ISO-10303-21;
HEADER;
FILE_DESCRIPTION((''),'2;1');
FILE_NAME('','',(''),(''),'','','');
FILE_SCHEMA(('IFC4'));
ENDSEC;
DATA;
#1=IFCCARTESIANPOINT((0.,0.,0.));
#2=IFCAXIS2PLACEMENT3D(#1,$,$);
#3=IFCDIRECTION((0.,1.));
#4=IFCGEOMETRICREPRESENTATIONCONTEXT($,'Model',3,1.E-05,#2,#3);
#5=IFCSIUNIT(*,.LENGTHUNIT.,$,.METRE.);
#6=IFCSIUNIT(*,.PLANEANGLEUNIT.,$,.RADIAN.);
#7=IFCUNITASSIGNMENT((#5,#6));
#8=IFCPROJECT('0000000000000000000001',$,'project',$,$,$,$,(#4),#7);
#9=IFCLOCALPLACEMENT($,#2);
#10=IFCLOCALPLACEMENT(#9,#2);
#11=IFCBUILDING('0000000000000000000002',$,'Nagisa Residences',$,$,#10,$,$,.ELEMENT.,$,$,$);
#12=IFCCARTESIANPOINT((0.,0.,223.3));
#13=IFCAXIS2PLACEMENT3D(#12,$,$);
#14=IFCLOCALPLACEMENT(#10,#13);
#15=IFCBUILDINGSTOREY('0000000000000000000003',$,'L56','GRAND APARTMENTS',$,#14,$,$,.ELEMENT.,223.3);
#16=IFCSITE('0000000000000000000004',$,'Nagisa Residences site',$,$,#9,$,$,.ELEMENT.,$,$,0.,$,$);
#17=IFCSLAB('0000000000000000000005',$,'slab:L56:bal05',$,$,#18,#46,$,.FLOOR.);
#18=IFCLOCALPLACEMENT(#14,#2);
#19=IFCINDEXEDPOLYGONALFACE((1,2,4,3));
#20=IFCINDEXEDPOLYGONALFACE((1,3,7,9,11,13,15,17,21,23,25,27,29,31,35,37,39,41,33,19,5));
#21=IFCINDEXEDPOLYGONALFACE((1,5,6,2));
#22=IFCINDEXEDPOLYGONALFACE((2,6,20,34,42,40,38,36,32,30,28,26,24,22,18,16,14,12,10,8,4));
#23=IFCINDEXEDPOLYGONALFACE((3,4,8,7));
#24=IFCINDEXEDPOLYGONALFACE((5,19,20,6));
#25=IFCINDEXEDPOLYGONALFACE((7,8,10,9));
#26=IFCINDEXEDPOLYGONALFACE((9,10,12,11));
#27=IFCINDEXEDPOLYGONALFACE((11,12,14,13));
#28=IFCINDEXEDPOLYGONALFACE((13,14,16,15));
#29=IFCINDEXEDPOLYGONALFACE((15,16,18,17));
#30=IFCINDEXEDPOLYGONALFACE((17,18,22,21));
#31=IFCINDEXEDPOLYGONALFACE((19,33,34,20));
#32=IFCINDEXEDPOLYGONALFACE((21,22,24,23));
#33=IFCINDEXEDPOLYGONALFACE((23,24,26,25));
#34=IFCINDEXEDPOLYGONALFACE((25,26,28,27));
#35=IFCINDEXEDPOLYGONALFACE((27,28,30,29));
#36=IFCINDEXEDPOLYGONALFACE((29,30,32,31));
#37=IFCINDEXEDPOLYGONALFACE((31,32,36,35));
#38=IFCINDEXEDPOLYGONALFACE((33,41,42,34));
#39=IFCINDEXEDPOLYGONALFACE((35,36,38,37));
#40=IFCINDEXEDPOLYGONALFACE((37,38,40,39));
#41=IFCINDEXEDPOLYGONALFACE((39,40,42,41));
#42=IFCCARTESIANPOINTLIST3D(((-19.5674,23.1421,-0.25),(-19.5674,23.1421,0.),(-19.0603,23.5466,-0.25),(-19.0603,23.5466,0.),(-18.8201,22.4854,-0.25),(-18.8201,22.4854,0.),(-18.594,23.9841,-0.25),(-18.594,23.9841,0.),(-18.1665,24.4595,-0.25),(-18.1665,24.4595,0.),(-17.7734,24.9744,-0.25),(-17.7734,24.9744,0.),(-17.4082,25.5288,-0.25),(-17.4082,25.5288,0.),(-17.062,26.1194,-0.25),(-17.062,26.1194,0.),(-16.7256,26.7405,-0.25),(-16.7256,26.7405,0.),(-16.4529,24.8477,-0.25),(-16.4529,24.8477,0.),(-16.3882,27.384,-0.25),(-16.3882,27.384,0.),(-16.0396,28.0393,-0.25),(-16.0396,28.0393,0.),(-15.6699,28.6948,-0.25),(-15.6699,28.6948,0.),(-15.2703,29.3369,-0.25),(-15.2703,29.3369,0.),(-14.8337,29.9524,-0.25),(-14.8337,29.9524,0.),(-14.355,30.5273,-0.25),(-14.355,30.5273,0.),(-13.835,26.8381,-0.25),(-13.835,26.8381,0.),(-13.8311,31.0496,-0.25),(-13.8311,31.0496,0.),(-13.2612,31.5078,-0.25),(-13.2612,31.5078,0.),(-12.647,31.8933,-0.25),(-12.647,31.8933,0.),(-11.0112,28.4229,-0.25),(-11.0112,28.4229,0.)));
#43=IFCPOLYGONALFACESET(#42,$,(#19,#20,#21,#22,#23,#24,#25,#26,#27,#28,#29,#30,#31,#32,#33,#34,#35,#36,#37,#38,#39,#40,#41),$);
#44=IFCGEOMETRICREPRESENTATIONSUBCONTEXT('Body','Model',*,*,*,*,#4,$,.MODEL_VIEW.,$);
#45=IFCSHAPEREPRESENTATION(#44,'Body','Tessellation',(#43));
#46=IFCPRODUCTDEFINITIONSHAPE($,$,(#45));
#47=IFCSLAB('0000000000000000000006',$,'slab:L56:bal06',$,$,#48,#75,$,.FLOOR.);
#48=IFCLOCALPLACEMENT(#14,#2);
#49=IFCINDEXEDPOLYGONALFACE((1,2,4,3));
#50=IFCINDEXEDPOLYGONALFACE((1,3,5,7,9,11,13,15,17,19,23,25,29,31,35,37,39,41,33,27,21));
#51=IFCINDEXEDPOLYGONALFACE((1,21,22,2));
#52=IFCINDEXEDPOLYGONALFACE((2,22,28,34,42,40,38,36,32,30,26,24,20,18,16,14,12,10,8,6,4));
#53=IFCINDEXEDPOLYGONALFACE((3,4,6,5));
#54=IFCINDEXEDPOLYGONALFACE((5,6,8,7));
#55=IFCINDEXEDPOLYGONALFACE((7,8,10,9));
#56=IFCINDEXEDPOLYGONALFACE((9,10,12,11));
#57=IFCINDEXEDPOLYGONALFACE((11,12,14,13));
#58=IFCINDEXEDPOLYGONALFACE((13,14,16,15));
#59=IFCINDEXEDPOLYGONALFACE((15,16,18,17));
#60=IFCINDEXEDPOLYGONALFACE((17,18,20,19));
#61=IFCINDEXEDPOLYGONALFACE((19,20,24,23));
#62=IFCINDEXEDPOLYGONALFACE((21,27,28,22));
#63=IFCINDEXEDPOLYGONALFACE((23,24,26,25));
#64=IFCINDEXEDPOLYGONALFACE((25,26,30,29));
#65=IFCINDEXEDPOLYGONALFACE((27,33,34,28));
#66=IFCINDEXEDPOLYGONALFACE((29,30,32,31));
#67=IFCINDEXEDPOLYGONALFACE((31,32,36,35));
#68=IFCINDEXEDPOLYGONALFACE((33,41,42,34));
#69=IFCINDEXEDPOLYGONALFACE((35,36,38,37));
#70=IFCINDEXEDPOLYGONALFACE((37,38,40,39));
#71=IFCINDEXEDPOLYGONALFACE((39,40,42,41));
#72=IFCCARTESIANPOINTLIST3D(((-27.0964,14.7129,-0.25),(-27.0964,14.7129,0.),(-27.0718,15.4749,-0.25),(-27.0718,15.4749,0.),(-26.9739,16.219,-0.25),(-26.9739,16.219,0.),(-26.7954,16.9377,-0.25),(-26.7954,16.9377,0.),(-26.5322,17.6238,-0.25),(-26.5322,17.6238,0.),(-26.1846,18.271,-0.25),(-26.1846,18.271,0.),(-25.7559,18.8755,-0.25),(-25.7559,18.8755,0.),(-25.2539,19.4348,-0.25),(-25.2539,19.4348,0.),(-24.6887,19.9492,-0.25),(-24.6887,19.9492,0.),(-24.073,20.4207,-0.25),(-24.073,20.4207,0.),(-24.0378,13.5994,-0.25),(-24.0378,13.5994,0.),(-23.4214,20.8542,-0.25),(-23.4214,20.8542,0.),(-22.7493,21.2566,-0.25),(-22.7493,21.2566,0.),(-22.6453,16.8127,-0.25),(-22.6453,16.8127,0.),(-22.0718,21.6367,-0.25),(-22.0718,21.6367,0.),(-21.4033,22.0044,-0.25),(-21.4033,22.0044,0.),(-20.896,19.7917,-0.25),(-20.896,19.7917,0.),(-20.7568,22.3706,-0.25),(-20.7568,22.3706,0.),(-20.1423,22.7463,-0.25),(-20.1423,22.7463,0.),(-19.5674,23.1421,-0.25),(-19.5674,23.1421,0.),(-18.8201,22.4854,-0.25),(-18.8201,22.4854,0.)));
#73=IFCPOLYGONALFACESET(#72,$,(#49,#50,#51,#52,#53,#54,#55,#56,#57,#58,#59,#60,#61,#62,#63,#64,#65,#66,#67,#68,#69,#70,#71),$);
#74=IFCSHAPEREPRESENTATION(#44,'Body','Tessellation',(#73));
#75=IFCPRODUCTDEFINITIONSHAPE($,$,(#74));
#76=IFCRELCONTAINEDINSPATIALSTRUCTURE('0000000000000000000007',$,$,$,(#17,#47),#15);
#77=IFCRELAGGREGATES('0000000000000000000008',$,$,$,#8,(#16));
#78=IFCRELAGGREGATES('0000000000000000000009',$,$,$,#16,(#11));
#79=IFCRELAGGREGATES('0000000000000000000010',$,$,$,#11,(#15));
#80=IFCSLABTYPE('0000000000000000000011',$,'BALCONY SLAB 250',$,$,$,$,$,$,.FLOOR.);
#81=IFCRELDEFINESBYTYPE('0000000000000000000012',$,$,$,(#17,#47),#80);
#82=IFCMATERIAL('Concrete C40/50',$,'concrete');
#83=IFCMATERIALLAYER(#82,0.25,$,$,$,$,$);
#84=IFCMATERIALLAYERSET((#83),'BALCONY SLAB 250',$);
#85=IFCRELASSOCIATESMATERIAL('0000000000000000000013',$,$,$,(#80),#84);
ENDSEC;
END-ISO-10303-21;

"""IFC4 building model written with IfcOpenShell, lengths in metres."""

from ifc_helpers import new_model, si_unit, direction, frame, origin, place, context, subcontext, project, spatial, polyline, outline, extrude, material, layer, layer_set, type_object, element, save


model = new_model("IFC4")

# Units and contexts
model_context = context("Model", 3, precision=1e-05, world=origin(), true_north=direction((0.0, 1.0)))
body_context = subcontext(model_context, "Body", "Model", "MODEL_VIEW")
ifc_project = project(units=[si_unit("LENGTHUNIT", "METRE"), si_unit("PLANEANGLEUNIT", "RADIAN")], contexts=[model_context])

# Site, building, storey
site_placement = place(None, origin())
site = spatial("IfcSite", under=ifc_project, at=site_placement, Name="Nagisa Residences site", CompositionType="ELEMENT", RefElevation=0.0)
building_placement = place(site_placement, origin())
building = spatial("IfcBuilding", under=site, at=building_placement, Name="Nagisa Residences", CompositionType="ELEMENT")
storey_placement = place(building_placement, frame((0.0, 0.0, 223.3)))
storey = spatial("IfcBuildingStorey", under=building, at=storey_placement, Name="L56", Description="GRAND APARTMENTS", CompositionType="ELEMENT", Elevation=223.3)

# Slabs
ifc_material_1 = material(Name="Concrete C40/50", Category="concrete")
ifc_layer_1 = layer(ifc_material_1, 0.25)
ifc_layer_set_1 = layer_set([ifc_layer_1], Name="BALCONY SLAB 250")
slab_type_1 = type_object("IfcSlabType", Name="BALCONY SLAB 250", PredefinedType="FLOOR", material=ifc_layer_set_1)
slab_1_placement = place(storey_placement, frame((0.0, 0.0, -0.25)))
element("IfcSlab", 1, at=slab_1_placement, inside=storey, type_object=slab_type_1, Name="slab:L56:bal05", PredefinedType="FLOOR", context=body_context, shape_type="SweptSolid", body=[
    extrude(outline(polyline([(-12.647, 31.8933), (-13.2612, 31.5078), (-13.8311, 31.0496), (-14.355, 30.5273), (-14.8337, 29.9524), (-15.2703, 29.3369), (-15.6699, 28.6948), (-16.0396, 28.0393), (-16.3882, 27.384), (-16.7256, 26.7405), (-17.062, 26.1194), (-17.4082, 25.5288), (-17.7734, 24.9744), (-18.1665, 24.4595), (-18.594, 23.9841), (-19.0603, 23.5466), (-19.5674, 23.1421), (-18.8201, 22.4854), (-16.4529, 24.8477), (-13.835, 26.8381), (-11.0112, 28.4229), (-12.647, 31.8933)])), origin(), (0.0, 0.0, 1.0), 0.25),
])
slab_2_placement = place(storey_placement, frame((0.0, 0.0, -0.25)))
element("IfcSlab", 2, at=slab_2_placement, inside=storey, type_object=slab_type_1, Name="slab:L56:bal06", PredefinedType="FLOOR", context=body_context, shape_type="SweptSolid", body=[
    extrude(outline(polyline([(-19.5674, 23.1421), (-20.1423, 22.7463), (-20.7568, 22.3706), (-21.4033, 22.0044), (-22.0718, 21.6367), (-22.7493, 21.2566), (-23.4214, 20.8542), (-24.073, 20.4207), (-24.6887, 19.9492), (-25.2539, 19.4348), (-25.7559, 18.8755), (-26.1846, 18.271), (-26.5322, 17.6238), (-26.7954, 16.9377), (-26.9739, 16.219), (-27.0718, 15.4749), (-27.0964, 14.7129), (-24.0378, 13.5994), (-22.6453, 16.8127), (-20.896, 19.7917), (-18.8201, 22.4854), (-19.5674, 23.1421)])), origin(), (0.0, 0.0, 1.0), 0.25),
])

save(model, "model.ifc")
